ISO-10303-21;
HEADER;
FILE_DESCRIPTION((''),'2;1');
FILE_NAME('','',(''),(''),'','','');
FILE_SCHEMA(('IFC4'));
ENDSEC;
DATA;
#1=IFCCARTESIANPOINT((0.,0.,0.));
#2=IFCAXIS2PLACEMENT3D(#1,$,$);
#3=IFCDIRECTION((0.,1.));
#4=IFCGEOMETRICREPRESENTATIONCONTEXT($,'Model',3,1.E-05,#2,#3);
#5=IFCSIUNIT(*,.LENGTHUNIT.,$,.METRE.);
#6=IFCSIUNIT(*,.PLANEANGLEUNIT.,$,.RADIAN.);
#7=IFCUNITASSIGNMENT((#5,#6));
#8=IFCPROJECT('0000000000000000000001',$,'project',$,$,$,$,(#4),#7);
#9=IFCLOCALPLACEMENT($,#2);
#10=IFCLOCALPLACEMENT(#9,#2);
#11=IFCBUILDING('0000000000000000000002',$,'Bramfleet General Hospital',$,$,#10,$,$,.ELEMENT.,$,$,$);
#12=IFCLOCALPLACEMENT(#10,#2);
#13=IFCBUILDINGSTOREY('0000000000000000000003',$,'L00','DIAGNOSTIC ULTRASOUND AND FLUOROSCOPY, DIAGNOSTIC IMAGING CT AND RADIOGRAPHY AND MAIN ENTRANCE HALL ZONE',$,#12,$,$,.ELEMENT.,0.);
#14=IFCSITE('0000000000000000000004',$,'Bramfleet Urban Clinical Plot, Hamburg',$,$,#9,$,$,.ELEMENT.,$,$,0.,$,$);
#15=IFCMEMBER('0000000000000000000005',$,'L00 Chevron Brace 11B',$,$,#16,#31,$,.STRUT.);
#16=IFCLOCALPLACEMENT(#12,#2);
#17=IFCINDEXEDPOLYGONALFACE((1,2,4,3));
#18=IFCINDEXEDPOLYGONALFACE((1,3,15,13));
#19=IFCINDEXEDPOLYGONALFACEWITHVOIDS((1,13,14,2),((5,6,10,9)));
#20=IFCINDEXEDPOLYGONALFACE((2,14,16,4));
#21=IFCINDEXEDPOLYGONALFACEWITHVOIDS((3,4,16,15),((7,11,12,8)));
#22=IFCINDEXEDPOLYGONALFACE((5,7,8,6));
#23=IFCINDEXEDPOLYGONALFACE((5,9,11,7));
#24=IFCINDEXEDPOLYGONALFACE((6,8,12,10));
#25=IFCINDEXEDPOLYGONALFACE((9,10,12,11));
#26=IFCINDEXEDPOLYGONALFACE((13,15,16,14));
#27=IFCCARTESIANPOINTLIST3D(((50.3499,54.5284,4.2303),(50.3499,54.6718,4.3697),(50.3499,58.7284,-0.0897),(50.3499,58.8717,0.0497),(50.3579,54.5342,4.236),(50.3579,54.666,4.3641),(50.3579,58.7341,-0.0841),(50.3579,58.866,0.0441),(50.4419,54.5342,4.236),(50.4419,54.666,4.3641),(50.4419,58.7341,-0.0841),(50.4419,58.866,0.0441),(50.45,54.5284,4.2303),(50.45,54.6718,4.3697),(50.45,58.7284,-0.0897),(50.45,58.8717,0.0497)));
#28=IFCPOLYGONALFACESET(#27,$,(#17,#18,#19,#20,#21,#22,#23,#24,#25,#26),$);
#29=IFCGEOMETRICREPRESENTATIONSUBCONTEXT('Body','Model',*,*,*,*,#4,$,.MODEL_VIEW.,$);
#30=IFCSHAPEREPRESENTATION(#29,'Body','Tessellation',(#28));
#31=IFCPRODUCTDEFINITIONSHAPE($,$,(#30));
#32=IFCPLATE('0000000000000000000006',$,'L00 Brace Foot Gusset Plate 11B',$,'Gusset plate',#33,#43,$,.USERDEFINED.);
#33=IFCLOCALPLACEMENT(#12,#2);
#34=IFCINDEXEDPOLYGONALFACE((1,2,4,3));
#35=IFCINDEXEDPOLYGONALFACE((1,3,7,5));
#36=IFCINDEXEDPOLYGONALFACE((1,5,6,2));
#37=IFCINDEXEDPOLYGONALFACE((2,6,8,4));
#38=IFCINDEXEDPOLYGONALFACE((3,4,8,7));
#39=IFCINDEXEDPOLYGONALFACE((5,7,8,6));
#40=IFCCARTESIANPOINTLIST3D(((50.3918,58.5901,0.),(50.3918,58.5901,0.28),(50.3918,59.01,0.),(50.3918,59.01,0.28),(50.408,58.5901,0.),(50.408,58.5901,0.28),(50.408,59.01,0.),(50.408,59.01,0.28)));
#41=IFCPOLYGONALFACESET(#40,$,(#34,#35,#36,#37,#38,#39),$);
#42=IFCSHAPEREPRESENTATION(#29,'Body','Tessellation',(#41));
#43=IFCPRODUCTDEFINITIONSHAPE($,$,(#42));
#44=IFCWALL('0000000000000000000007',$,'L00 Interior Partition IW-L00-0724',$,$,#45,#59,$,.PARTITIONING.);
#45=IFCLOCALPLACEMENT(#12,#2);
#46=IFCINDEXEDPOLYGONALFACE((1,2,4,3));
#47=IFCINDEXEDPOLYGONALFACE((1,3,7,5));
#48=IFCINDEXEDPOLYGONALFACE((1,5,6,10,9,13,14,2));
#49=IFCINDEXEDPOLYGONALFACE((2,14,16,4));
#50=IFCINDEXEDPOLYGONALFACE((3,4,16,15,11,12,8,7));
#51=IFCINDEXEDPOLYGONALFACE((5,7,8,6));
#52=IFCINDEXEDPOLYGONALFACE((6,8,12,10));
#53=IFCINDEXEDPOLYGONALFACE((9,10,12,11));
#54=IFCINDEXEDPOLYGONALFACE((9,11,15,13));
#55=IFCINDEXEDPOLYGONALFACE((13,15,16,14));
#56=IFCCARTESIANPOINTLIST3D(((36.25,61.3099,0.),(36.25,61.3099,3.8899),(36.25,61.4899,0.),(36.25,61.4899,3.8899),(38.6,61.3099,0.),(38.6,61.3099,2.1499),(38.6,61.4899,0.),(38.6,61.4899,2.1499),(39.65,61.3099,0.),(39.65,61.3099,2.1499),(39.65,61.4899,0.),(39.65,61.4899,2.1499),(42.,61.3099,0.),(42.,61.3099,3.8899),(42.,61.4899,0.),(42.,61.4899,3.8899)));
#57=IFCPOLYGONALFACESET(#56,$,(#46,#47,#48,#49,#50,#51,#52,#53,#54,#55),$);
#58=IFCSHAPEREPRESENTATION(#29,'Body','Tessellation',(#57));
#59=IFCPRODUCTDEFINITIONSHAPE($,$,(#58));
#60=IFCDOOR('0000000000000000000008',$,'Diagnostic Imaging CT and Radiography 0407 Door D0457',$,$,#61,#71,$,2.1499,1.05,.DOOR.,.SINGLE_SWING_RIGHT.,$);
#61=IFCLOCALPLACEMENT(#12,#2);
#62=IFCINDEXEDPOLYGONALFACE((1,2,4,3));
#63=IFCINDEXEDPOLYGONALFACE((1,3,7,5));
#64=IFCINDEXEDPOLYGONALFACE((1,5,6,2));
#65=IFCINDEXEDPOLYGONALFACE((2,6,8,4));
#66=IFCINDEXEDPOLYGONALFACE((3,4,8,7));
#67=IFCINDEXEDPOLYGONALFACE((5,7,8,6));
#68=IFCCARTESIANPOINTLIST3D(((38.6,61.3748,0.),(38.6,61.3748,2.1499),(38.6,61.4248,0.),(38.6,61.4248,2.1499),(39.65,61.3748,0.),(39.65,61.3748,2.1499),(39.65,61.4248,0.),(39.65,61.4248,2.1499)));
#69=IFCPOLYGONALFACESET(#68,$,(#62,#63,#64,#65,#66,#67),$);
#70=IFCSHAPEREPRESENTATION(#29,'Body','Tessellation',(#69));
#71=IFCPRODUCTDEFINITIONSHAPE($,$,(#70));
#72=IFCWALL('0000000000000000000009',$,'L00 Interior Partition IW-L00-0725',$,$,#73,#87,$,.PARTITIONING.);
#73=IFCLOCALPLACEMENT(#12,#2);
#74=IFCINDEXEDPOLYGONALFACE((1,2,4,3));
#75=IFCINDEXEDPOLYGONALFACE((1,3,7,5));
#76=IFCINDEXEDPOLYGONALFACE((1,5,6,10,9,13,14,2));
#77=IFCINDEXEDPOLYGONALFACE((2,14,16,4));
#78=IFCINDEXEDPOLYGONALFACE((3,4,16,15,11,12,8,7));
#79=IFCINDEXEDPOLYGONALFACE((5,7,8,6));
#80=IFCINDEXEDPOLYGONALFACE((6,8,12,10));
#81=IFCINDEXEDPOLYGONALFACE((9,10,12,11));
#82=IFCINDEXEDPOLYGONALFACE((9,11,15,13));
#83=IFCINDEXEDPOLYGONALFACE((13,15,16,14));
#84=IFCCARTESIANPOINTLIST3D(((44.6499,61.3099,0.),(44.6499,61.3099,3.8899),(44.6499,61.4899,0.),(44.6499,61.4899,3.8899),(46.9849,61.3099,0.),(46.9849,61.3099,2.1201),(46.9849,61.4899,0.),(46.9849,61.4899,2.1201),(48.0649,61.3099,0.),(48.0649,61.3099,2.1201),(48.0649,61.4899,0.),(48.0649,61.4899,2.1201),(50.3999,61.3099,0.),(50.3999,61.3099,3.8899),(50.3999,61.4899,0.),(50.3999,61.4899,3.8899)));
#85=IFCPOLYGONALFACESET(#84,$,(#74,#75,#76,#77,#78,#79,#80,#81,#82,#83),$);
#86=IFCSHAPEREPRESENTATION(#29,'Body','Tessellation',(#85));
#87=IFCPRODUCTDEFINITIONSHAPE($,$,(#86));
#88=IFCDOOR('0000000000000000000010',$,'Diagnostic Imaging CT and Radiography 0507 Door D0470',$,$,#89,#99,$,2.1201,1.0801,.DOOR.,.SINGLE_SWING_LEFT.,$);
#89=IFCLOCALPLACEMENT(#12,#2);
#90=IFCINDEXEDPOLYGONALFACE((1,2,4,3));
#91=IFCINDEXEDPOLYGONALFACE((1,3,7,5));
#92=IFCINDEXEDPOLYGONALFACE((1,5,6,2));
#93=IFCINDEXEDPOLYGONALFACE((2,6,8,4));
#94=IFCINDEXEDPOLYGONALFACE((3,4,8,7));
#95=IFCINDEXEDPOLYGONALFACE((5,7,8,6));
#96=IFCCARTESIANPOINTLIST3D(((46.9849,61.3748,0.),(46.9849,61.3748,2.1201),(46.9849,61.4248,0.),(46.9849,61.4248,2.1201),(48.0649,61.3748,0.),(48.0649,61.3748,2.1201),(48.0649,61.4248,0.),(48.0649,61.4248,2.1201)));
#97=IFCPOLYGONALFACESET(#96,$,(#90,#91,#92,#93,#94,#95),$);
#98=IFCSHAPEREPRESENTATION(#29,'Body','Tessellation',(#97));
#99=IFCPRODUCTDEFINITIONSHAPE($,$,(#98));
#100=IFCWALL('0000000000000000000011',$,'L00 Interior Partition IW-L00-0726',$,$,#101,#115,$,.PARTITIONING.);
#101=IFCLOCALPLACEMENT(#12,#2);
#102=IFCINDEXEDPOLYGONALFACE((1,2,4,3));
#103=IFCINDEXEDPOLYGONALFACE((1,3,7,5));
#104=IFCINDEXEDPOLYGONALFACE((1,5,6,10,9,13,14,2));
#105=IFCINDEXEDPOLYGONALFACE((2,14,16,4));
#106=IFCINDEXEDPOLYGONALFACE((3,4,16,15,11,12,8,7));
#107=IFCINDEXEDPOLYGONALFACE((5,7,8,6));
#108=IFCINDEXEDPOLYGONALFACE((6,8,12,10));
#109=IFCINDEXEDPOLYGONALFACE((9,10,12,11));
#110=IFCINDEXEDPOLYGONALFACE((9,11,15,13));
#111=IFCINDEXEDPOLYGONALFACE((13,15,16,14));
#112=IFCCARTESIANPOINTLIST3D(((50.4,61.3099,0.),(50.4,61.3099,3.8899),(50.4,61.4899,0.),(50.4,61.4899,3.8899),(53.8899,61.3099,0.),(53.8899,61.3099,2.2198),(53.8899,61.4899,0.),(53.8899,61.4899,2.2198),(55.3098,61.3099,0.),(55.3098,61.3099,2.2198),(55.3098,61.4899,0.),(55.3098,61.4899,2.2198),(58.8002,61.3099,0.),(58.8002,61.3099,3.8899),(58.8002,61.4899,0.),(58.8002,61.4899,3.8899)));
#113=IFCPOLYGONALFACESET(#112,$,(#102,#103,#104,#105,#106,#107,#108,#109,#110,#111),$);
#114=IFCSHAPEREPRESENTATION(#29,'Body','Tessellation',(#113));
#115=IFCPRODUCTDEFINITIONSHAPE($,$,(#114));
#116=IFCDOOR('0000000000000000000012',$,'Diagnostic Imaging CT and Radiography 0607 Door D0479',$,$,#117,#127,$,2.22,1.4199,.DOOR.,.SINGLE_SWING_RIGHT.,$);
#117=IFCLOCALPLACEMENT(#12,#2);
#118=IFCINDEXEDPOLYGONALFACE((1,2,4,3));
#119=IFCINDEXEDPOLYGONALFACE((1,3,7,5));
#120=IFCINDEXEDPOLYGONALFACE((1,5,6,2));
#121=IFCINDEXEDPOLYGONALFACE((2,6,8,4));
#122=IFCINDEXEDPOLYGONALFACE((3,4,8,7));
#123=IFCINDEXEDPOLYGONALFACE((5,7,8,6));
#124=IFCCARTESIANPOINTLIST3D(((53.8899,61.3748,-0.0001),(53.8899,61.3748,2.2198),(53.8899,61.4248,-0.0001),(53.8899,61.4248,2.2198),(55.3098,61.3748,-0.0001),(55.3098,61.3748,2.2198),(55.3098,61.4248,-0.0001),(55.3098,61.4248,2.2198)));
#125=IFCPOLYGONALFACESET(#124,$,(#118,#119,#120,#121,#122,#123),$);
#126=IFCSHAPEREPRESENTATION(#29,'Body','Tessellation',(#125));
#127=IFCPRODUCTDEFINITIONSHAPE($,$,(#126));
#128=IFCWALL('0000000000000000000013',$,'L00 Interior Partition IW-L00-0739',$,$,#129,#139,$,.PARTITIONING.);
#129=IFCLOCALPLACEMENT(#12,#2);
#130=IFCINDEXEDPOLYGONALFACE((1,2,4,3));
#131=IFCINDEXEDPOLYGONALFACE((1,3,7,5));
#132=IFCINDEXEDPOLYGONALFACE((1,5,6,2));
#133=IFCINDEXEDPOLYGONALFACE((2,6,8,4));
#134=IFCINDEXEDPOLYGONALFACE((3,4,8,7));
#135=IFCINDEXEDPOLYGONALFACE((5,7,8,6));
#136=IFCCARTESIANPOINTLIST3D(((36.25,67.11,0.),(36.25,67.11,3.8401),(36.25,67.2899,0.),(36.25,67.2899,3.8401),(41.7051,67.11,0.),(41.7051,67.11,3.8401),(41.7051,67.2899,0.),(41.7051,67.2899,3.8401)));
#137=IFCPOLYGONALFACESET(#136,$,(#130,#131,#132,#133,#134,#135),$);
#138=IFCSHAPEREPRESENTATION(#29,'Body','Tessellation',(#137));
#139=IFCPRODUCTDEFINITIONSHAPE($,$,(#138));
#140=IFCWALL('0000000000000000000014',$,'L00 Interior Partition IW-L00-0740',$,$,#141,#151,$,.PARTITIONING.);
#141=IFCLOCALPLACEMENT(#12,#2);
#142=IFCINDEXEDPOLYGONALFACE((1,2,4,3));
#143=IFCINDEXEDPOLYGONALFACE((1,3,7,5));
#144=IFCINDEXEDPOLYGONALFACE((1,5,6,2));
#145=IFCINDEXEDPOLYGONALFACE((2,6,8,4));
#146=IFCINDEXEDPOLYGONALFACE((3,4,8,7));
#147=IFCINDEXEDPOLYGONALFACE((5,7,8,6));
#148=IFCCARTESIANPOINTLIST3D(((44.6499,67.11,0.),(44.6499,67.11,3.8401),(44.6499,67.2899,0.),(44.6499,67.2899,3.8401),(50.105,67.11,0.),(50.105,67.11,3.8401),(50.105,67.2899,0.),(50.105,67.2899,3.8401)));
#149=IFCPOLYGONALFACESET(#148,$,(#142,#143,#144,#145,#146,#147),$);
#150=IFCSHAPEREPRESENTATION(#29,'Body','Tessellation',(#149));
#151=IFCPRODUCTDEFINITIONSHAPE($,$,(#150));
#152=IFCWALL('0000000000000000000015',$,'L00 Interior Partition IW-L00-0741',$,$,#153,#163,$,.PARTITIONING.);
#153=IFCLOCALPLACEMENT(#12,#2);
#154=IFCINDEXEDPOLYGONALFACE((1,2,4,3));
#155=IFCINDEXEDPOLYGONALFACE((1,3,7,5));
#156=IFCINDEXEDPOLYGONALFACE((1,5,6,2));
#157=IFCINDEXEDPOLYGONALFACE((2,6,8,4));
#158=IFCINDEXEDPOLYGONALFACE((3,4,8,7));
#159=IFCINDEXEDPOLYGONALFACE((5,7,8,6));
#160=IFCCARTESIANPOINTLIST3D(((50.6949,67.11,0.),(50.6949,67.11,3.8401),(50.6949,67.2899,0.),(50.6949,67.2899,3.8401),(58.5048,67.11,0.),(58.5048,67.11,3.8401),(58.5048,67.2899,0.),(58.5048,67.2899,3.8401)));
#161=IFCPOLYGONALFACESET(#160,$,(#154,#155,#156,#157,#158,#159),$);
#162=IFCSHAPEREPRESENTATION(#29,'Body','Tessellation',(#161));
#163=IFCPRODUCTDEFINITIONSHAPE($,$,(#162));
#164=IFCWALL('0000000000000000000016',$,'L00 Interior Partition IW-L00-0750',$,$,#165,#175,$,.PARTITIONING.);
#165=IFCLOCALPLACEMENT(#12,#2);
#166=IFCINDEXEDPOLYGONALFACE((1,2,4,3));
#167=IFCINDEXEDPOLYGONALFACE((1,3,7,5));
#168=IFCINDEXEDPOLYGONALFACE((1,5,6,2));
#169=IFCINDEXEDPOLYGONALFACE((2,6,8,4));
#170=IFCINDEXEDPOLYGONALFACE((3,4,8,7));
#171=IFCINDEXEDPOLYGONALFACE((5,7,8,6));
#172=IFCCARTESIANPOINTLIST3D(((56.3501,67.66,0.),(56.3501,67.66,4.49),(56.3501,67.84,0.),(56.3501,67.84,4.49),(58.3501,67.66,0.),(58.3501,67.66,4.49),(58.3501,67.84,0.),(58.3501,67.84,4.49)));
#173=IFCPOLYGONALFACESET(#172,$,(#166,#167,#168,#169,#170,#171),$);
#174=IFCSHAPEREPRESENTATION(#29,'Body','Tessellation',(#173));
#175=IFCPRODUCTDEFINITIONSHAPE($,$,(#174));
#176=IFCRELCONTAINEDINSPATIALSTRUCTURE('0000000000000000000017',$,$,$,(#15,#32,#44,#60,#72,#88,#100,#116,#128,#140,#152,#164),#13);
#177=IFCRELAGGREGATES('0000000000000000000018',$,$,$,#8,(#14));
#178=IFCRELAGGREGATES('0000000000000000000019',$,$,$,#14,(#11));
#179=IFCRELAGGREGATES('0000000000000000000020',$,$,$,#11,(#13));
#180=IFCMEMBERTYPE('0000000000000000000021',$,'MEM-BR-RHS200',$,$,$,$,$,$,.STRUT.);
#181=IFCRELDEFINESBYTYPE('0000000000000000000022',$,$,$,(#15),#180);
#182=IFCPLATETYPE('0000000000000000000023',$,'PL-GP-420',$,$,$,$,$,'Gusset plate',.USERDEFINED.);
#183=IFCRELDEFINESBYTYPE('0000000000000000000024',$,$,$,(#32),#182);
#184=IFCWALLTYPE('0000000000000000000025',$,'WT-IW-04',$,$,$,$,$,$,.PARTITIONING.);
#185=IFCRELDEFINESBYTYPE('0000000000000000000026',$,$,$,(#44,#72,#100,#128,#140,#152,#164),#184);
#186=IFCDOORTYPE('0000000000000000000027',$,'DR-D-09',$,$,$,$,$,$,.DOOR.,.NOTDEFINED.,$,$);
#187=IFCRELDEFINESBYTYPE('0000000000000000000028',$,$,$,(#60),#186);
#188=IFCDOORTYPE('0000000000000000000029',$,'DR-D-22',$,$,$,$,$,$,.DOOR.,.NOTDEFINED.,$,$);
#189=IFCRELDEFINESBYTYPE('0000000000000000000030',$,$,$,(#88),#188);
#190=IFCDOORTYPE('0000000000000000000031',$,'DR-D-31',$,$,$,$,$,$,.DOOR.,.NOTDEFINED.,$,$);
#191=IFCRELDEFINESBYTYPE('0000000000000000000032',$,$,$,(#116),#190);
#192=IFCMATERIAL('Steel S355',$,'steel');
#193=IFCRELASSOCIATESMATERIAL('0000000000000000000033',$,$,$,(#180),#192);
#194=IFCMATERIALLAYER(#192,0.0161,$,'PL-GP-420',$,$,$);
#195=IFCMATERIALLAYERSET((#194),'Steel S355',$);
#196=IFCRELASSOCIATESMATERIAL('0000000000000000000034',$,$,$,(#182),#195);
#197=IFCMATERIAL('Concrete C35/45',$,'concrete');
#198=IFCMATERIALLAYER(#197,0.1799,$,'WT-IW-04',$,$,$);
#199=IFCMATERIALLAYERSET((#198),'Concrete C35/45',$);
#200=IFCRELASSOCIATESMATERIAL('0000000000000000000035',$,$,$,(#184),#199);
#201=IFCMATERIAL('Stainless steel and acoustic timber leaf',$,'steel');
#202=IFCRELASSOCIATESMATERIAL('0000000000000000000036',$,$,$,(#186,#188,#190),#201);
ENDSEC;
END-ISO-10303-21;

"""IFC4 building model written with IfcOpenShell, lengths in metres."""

from ifc_helpers import new_model, si_unit, direction, frame, frame_2d, origin, origin_2d, place, context, subcontext, project, spatial, rectangle, hollow_rectangle, extrude, material, layer, layer_set, material_profile, profile_set, type_object, element, fill, save


model = new_model("IFC4")

# Units and contexts
model_context = context("Model", 3, precision=1e-05, world=origin(), true_north=direction((0.0, 1.0)))
body_context = subcontext(model_context, "Body", "Model", "MODEL_VIEW")
ifc_project = project(units=[si_unit("LENGTHUNIT", "METRE"), si_unit("PLANEANGLEUNIT", "RADIAN")], contexts=[model_context])

# Site, building, storey
site_placement = place(None, origin())
site = spatial("IfcSite", under=ifc_project, at=site_placement, Name="Bramfleet Urban Clinical Plot, Hamburg", CompositionType="ELEMENT", RefElevation=0.0)
building_placement = place(site_placement, origin())
building = spatial("IfcBuilding", under=site, at=building_placement, Name="Bramfleet General Hospital", CompositionType="ELEMENT")
storey_placement = place(building_placement, origin())
storey = spatial("IfcBuildingStorey", under=building, at=storey_placement, Name="L00", Description="DIAGNOSTIC ULTRASOUND AND FLUOROSCOPY, DIAGNOSTIC IMAGING CT AND RADIOGRAPHY AND MAIN ENTRANCE HALL ZONE", CompositionType="ELEMENT", Elevation=0.0)

# Shared definitions
ifc_material_1 = material(Name="Steel S355", Category="steel")
ifc_material_2 = material(Name="Concrete C35/45", Category="concrete")

# Member
ifc_material_profile_1 = material_profile(ifc_material_1, hollow_rectangle(XDim=0.1001, YDim=0.2, WallThickness=0.0081, at=origin_2d()), Name="RHS 200x100x8.0")
ifc_profile_set_1 = profile_set([ifc_material_profile_1], Name="Steel S355")
member_type = type_object("IfcMemberType", Name="MEM-BR-RHS200", PredefinedType="STRUT", material=ifc_profile_set_1)
member_placement = place(storey_placement, frame((50.3999, 58.8, -0.02), z_axis=(0.0, -0.697069, 0.717004), x_axis=(1.0, 0.0, 0.0)))
element("IfcMember", 1, at=member_placement, inside=storey, type_object=member_type, Name="L00 Chevron Brace 11B", PredefinedType="STRUT", context=body_context, shape_type="SweptSolid", body=[
    extrude(hollow_rectangle(XDim=0.1001, YDim=0.2, WallThickness=0.0081, at=origin_2d()), origin(), (0.0, 0.0, 1.0), 6.0251),
])

# Plate
ifc_layer_1 = layer(ifc_material_1, 0.0161, Name="PL-GP-420")
ifc_layer_set_1 = layer_set([ifc_layer_1], Name="Steel S355")
plate_type = type_object("IfcPlateType", Name="PL-GP-420", ElementType="Gusset plate", PredefinedType="USERDEFINED", material=ifc_layer_set_1)
plate_placement = place(storey_placement, frame((50.3999, 58.8, 0.0), z_axis=(0.0, 0.0, 1.0), x_axis=(1.0, 0.0, 0.0)))
element("IfcPlate", 2, at=plate_placement, inside=storey, type_object=plate_type, Name="L00 Brace Foot Gusset Plate 11B", ObjectType="Gusset plate", PredefinedType="USERDEFINED", context=body_context, shape_type="SweptSolid", body=[
    extrude(rectangle(XDim=0.0161, YDim=0.4199, at=origin_2d()), origin(), (0.0, 0.0, 1.0), 0.28),
])

# Walls, openings, doors
ifc_layer_2 = layer(ifc_material_2, 0.1799, Name="WT-IW-04")
ifc_layer_set_2 = layer_set([ifc_layer_2], Name="Concrete C35/45")
wall_type = type_object("IfcWallType", Name="WT-IW-04", PredefinedType="PARTITIONING", material=ifc_layer_set_2)
wall_1_placement = place(storey_placement, frame((36.25, 61.3999, 0.0), z_axis=(0.0, 0.0, 1.0), x_axis=(1.0, 0.0, 0.0)))
wall_1 = element("IfcWall", 3, at=wall_1_placement, inside=storey, type_object=wall_type, Name="L00 Interior Partition IW-L00-0724", PredefinedType="PARTITIONING", context=body_context, shape_type="SweptSolid", body=[
    extrude(rectangle(XDim=5.75, YDim=0.1799, at=frame_2d((2.875, 0.0))), origin(), (0.0, 0.0, 1.0), 3.8899),
])
opening_1_placement = place(wall_1_placement, frame((2.3501, 0.0, 0.0)))
opening_1 = element("IfcOpeningElement", 4, at=opening_1_placement, cuts=wall_1, PredefinedType="OPENING", context=body_context, shape_type="SweptSolid", body=[
    extrude(rectangle(XDim=1.05, YDim=2.1499, at=frame_2d((0.5249, 1.075))), frame((0.0, 0.0999, 0.0), z_axis=(0.0, -1.0, 0.0), x_axis=(1.0, 0.0, 0.0)), (0.0, 0.0, 1.0), 0.2),
])
ifc_material_3 = material(Name="Stainless steel and acoustic timber leaf", Category="steel")
door_type_1 = type_object("IfcDoorType", Name="DR-D-09", OperationType="NOTDEFINED", PredefinedType="DOOR", material=ifc_material_3)
door_1_placement = place(opening_1_placement, origin())
door_1 = element("IfcDoor", 5, at=door_1_placement, inside=storey, type_object=door_type_1, Name="Diagnostic Imaging CT and Radiography 0407 Door D0457", OperationType="SINGLE_SWING_RIGHT", OverallHeight=2.1499, OverallWidth=1.05, PredefinedType="DOOR", context=body_context, shape_type="SweptSolid", body=[
    extrude(rectangle(XDim=1.05, YDim=2.1499, at=frame_2d((0.5249, 1.075))), frame((0.0, 0.0249, 0.0), z_axis=(0.0, -1.0, 0.0), x_axis=(1.0, 0.0, 0.0)), (0.0, 0.0, 1.0), 0.05),
])
fill(opening_1, door_1)
wall_2_placement = place(storey_placement, frame((44.6499, 61.3999, 0.0), z_axis=(0.0, 0.0, 1.0), x_axis=(1.0, 0.0, 0.0)))
wall_2 = element("IfcWall", 6, at=wall_2_placement, inside=storey, type_object=wall_type, Name="L00 Interior Partition IW-L00-0725", PredefinedType="PARTITIONING", context=body_context, shape_type="SweptSolid", body=[
    extrude(rectangle(XDim=5.75, YDim=0.1799, at=frame_2d((2.875, 0.0))), origin(), (0.0, 0.0, 1.0), 3.8899),
])
opening_2_placement = place(wall_2_placement, frame((2.335, 0.0, 0.0)))
opening_2 = element("IfcOpeningElement", 7, at=opening_2_placement, cuts=wall_2, PredefinedType="OPENING", context=body_context, shape_type="SweptSolid", body=[
    extrude(rectangle(XDim=1.0801, YDim=2.1201, at=frame_2d((0.54, 1.0601))), frame((0.0, 0.0999, 0.0), z_axis=(0.0, -1.0, 0.0), x_axis=(1.0, 0.0, 0.0)), (0.0, 0.0, 1.0), 0.2),
])
door_type_2 = type_object("IfcDoorType", Name="DR-D-22", OperationType="NOTDEFINED", PredefinedType="DOOR", material=ifc_material_3)
door_2_placement = place(opening_2_placement, origin())
door_2 = element("IfcDoor", 8, at=door_2_placement, inside=storey, type_object=door_type_2, Name="Diagnostic Imaging CT and Radiography 0507 Door D0470", OperationType="SINGLE_SWING_LEFT", OverallHeight=2.1201, OverallWidth=1.0801, PredefinedType="DOOR", context=body_context, shape_type="SweptSolid", body=[
    extrude(rectangle(XDim=1.0801, YDim=2.1201, at=frame_2d((0.54, 1.0601))), frame((0.0, 0.0249, 0.0), z_axis=(0.0, -1.0, 0.0), x_axis=(1.0, 0.0, 0.0)), (0.0, 0.0, 1.0), 0.05),
])
fill(opening_2, door_2)
wall_3_placement = place(storey_placement, frame((50.3999, 61.3999, 0.0), z_axis=(0.0, 0.0, 1.0), x_axis=(1.0, 0.0, 0.0)))
wall_3 = element("IfcWall", 9, at=wall_3_placement, inside=storey, type_object=wall_type, Name="L00 Interior Partition IW-L00-0726", PredefinedType="PARTITIONING", context=body_context, shape_type="SweptSolid", body=[
    extrude(rectangle(XDim=8.4001, YDim=0.1799, at=frame_2d((4.2002, 0.0))), origin(), (0.0, 0.0, 1.0), 3.8899),
])
opening_3_placement = place(wall_3_placement, frame((3.49, 0.0, 0.0)))
opening_3 = element("IfcOpeningElement", 10, at=opening_3_placement, cuts=wall_3, PredefinedType="OPENING", context=body_context, shape_type="SweptSolid", body=[
    extrude(rectangle(XDim=1.4199, YDim=2.22, at=frame_2d((0.71, 1.1099))), frame((0.0, 0.0999, 0.0), z_axis=(0.0, -1.0, 0.0), x_axis=(1.0, 0.0, 0.0)), (0.0, 0.0, 1.0), 0.2),
])
door_type_3 = type_object("IfcDoorType", Name="DR-D-31", OperationType="NOTDEFINED", PredefinedType="DOOR", material=ifc_material_3)
door_3_placement = place(opening_3_placement, origin())
door_3 = element("IfcDoor", 11, at=door_3_placement, inside=storey, type_object=door_type_3, Name="Diagnostic Imaging CT and Radiography 0607 Door D0479", OperationType="SINGLE_SWING_RIGHT", OverallHeight=2.22, OverallWidth=1.4199, PredefinedType="DOOR", context=body_context, shape_type="SweptSolid", body=[
    extrude(rectangle(XDim=1.4199, YDim=2.22, at=frame_2d((0.71, 1.1099))), frame((0.0, 0.0249, 0.0), z_axis=(0.0, -1.0, 0.0), x_axis=(1.0, 0.0, 0.0)), (0.0, 0.0, 1.0), 0.05),
])
fill(opening_3, door_3)

# Walls
for number, where, z_axis, x_axis, name in (
    (12, (36.25, 67.2, 0.0), (0.0, 0.0, 1.0), (1.0, 0.0, 0.0), "L00 Interior Partition IW-L00-0739"),
    (13, (44.6499, 67.2, 0.0), (0.0, 0.0, 1.0), (1.0, 0.0, 0.0), "L00 Interior Partition IW-L00-0740"),
):
    element("IfcWall", number, at=place(storey_placement, frame(where, z_axis=z_axis, x_axis=x_axis)), inside=storey, type_object=wall_type, Name=name, PredefinedType="PARTITIONING", context=body_context, shape_type="SweptSolid", body=[
        extrude(rectangle(XDim=5.4551, YDim=0.1799, at=frame_2d((2.7275, 0.0))), origin(), (0.0, 0.0, 1.0), 3.8401),
    ])
wall_4_placement = place(storey_placement, frame((50.6951, 67.2, 0.0), z_axis=(0.0, 0.0, 1.0), x_axis=(1.0, 0.0, 0.0)))
element("IfcWall", 14, at=wall_4_placement, inside=storey, type_object=wall_type, Name="L00 Interior Partition IW-L00-0741", PredefinedType="PARTITIONING", context=body_context, shape_type="SweptSolid", body=[
    extrude(rectangle(XDim=7.8098, YDim=0.1799, at=frame_2d((3.9048, 0.0))), origin(), (0.0, 0.0, 1.0), 3.8401),
])
wall_5_placement = place(storey_placement, frame((56.3501, 67.75, 0.0), z_axis=(0.0, 0.0, 1.0), x_axis=(1.0, 0.0, 0.0)))
element("IfcWall", 15, at=wall_5_placement, inside=storey, type_object=wall_type, Name="L00 Interior Partition IW-L00-0750", PredefinedType="PARTITIONING", context=body_context, shape_type="SweptSolid", body=[
    extrude(rectangle(XDim=2.0, YDim=0.1799, at=frame_2d((1.0, 0.0))), origin(), (0.0, 0.0, 1.0), 4.49),
])

save(model, "model.ifc")
